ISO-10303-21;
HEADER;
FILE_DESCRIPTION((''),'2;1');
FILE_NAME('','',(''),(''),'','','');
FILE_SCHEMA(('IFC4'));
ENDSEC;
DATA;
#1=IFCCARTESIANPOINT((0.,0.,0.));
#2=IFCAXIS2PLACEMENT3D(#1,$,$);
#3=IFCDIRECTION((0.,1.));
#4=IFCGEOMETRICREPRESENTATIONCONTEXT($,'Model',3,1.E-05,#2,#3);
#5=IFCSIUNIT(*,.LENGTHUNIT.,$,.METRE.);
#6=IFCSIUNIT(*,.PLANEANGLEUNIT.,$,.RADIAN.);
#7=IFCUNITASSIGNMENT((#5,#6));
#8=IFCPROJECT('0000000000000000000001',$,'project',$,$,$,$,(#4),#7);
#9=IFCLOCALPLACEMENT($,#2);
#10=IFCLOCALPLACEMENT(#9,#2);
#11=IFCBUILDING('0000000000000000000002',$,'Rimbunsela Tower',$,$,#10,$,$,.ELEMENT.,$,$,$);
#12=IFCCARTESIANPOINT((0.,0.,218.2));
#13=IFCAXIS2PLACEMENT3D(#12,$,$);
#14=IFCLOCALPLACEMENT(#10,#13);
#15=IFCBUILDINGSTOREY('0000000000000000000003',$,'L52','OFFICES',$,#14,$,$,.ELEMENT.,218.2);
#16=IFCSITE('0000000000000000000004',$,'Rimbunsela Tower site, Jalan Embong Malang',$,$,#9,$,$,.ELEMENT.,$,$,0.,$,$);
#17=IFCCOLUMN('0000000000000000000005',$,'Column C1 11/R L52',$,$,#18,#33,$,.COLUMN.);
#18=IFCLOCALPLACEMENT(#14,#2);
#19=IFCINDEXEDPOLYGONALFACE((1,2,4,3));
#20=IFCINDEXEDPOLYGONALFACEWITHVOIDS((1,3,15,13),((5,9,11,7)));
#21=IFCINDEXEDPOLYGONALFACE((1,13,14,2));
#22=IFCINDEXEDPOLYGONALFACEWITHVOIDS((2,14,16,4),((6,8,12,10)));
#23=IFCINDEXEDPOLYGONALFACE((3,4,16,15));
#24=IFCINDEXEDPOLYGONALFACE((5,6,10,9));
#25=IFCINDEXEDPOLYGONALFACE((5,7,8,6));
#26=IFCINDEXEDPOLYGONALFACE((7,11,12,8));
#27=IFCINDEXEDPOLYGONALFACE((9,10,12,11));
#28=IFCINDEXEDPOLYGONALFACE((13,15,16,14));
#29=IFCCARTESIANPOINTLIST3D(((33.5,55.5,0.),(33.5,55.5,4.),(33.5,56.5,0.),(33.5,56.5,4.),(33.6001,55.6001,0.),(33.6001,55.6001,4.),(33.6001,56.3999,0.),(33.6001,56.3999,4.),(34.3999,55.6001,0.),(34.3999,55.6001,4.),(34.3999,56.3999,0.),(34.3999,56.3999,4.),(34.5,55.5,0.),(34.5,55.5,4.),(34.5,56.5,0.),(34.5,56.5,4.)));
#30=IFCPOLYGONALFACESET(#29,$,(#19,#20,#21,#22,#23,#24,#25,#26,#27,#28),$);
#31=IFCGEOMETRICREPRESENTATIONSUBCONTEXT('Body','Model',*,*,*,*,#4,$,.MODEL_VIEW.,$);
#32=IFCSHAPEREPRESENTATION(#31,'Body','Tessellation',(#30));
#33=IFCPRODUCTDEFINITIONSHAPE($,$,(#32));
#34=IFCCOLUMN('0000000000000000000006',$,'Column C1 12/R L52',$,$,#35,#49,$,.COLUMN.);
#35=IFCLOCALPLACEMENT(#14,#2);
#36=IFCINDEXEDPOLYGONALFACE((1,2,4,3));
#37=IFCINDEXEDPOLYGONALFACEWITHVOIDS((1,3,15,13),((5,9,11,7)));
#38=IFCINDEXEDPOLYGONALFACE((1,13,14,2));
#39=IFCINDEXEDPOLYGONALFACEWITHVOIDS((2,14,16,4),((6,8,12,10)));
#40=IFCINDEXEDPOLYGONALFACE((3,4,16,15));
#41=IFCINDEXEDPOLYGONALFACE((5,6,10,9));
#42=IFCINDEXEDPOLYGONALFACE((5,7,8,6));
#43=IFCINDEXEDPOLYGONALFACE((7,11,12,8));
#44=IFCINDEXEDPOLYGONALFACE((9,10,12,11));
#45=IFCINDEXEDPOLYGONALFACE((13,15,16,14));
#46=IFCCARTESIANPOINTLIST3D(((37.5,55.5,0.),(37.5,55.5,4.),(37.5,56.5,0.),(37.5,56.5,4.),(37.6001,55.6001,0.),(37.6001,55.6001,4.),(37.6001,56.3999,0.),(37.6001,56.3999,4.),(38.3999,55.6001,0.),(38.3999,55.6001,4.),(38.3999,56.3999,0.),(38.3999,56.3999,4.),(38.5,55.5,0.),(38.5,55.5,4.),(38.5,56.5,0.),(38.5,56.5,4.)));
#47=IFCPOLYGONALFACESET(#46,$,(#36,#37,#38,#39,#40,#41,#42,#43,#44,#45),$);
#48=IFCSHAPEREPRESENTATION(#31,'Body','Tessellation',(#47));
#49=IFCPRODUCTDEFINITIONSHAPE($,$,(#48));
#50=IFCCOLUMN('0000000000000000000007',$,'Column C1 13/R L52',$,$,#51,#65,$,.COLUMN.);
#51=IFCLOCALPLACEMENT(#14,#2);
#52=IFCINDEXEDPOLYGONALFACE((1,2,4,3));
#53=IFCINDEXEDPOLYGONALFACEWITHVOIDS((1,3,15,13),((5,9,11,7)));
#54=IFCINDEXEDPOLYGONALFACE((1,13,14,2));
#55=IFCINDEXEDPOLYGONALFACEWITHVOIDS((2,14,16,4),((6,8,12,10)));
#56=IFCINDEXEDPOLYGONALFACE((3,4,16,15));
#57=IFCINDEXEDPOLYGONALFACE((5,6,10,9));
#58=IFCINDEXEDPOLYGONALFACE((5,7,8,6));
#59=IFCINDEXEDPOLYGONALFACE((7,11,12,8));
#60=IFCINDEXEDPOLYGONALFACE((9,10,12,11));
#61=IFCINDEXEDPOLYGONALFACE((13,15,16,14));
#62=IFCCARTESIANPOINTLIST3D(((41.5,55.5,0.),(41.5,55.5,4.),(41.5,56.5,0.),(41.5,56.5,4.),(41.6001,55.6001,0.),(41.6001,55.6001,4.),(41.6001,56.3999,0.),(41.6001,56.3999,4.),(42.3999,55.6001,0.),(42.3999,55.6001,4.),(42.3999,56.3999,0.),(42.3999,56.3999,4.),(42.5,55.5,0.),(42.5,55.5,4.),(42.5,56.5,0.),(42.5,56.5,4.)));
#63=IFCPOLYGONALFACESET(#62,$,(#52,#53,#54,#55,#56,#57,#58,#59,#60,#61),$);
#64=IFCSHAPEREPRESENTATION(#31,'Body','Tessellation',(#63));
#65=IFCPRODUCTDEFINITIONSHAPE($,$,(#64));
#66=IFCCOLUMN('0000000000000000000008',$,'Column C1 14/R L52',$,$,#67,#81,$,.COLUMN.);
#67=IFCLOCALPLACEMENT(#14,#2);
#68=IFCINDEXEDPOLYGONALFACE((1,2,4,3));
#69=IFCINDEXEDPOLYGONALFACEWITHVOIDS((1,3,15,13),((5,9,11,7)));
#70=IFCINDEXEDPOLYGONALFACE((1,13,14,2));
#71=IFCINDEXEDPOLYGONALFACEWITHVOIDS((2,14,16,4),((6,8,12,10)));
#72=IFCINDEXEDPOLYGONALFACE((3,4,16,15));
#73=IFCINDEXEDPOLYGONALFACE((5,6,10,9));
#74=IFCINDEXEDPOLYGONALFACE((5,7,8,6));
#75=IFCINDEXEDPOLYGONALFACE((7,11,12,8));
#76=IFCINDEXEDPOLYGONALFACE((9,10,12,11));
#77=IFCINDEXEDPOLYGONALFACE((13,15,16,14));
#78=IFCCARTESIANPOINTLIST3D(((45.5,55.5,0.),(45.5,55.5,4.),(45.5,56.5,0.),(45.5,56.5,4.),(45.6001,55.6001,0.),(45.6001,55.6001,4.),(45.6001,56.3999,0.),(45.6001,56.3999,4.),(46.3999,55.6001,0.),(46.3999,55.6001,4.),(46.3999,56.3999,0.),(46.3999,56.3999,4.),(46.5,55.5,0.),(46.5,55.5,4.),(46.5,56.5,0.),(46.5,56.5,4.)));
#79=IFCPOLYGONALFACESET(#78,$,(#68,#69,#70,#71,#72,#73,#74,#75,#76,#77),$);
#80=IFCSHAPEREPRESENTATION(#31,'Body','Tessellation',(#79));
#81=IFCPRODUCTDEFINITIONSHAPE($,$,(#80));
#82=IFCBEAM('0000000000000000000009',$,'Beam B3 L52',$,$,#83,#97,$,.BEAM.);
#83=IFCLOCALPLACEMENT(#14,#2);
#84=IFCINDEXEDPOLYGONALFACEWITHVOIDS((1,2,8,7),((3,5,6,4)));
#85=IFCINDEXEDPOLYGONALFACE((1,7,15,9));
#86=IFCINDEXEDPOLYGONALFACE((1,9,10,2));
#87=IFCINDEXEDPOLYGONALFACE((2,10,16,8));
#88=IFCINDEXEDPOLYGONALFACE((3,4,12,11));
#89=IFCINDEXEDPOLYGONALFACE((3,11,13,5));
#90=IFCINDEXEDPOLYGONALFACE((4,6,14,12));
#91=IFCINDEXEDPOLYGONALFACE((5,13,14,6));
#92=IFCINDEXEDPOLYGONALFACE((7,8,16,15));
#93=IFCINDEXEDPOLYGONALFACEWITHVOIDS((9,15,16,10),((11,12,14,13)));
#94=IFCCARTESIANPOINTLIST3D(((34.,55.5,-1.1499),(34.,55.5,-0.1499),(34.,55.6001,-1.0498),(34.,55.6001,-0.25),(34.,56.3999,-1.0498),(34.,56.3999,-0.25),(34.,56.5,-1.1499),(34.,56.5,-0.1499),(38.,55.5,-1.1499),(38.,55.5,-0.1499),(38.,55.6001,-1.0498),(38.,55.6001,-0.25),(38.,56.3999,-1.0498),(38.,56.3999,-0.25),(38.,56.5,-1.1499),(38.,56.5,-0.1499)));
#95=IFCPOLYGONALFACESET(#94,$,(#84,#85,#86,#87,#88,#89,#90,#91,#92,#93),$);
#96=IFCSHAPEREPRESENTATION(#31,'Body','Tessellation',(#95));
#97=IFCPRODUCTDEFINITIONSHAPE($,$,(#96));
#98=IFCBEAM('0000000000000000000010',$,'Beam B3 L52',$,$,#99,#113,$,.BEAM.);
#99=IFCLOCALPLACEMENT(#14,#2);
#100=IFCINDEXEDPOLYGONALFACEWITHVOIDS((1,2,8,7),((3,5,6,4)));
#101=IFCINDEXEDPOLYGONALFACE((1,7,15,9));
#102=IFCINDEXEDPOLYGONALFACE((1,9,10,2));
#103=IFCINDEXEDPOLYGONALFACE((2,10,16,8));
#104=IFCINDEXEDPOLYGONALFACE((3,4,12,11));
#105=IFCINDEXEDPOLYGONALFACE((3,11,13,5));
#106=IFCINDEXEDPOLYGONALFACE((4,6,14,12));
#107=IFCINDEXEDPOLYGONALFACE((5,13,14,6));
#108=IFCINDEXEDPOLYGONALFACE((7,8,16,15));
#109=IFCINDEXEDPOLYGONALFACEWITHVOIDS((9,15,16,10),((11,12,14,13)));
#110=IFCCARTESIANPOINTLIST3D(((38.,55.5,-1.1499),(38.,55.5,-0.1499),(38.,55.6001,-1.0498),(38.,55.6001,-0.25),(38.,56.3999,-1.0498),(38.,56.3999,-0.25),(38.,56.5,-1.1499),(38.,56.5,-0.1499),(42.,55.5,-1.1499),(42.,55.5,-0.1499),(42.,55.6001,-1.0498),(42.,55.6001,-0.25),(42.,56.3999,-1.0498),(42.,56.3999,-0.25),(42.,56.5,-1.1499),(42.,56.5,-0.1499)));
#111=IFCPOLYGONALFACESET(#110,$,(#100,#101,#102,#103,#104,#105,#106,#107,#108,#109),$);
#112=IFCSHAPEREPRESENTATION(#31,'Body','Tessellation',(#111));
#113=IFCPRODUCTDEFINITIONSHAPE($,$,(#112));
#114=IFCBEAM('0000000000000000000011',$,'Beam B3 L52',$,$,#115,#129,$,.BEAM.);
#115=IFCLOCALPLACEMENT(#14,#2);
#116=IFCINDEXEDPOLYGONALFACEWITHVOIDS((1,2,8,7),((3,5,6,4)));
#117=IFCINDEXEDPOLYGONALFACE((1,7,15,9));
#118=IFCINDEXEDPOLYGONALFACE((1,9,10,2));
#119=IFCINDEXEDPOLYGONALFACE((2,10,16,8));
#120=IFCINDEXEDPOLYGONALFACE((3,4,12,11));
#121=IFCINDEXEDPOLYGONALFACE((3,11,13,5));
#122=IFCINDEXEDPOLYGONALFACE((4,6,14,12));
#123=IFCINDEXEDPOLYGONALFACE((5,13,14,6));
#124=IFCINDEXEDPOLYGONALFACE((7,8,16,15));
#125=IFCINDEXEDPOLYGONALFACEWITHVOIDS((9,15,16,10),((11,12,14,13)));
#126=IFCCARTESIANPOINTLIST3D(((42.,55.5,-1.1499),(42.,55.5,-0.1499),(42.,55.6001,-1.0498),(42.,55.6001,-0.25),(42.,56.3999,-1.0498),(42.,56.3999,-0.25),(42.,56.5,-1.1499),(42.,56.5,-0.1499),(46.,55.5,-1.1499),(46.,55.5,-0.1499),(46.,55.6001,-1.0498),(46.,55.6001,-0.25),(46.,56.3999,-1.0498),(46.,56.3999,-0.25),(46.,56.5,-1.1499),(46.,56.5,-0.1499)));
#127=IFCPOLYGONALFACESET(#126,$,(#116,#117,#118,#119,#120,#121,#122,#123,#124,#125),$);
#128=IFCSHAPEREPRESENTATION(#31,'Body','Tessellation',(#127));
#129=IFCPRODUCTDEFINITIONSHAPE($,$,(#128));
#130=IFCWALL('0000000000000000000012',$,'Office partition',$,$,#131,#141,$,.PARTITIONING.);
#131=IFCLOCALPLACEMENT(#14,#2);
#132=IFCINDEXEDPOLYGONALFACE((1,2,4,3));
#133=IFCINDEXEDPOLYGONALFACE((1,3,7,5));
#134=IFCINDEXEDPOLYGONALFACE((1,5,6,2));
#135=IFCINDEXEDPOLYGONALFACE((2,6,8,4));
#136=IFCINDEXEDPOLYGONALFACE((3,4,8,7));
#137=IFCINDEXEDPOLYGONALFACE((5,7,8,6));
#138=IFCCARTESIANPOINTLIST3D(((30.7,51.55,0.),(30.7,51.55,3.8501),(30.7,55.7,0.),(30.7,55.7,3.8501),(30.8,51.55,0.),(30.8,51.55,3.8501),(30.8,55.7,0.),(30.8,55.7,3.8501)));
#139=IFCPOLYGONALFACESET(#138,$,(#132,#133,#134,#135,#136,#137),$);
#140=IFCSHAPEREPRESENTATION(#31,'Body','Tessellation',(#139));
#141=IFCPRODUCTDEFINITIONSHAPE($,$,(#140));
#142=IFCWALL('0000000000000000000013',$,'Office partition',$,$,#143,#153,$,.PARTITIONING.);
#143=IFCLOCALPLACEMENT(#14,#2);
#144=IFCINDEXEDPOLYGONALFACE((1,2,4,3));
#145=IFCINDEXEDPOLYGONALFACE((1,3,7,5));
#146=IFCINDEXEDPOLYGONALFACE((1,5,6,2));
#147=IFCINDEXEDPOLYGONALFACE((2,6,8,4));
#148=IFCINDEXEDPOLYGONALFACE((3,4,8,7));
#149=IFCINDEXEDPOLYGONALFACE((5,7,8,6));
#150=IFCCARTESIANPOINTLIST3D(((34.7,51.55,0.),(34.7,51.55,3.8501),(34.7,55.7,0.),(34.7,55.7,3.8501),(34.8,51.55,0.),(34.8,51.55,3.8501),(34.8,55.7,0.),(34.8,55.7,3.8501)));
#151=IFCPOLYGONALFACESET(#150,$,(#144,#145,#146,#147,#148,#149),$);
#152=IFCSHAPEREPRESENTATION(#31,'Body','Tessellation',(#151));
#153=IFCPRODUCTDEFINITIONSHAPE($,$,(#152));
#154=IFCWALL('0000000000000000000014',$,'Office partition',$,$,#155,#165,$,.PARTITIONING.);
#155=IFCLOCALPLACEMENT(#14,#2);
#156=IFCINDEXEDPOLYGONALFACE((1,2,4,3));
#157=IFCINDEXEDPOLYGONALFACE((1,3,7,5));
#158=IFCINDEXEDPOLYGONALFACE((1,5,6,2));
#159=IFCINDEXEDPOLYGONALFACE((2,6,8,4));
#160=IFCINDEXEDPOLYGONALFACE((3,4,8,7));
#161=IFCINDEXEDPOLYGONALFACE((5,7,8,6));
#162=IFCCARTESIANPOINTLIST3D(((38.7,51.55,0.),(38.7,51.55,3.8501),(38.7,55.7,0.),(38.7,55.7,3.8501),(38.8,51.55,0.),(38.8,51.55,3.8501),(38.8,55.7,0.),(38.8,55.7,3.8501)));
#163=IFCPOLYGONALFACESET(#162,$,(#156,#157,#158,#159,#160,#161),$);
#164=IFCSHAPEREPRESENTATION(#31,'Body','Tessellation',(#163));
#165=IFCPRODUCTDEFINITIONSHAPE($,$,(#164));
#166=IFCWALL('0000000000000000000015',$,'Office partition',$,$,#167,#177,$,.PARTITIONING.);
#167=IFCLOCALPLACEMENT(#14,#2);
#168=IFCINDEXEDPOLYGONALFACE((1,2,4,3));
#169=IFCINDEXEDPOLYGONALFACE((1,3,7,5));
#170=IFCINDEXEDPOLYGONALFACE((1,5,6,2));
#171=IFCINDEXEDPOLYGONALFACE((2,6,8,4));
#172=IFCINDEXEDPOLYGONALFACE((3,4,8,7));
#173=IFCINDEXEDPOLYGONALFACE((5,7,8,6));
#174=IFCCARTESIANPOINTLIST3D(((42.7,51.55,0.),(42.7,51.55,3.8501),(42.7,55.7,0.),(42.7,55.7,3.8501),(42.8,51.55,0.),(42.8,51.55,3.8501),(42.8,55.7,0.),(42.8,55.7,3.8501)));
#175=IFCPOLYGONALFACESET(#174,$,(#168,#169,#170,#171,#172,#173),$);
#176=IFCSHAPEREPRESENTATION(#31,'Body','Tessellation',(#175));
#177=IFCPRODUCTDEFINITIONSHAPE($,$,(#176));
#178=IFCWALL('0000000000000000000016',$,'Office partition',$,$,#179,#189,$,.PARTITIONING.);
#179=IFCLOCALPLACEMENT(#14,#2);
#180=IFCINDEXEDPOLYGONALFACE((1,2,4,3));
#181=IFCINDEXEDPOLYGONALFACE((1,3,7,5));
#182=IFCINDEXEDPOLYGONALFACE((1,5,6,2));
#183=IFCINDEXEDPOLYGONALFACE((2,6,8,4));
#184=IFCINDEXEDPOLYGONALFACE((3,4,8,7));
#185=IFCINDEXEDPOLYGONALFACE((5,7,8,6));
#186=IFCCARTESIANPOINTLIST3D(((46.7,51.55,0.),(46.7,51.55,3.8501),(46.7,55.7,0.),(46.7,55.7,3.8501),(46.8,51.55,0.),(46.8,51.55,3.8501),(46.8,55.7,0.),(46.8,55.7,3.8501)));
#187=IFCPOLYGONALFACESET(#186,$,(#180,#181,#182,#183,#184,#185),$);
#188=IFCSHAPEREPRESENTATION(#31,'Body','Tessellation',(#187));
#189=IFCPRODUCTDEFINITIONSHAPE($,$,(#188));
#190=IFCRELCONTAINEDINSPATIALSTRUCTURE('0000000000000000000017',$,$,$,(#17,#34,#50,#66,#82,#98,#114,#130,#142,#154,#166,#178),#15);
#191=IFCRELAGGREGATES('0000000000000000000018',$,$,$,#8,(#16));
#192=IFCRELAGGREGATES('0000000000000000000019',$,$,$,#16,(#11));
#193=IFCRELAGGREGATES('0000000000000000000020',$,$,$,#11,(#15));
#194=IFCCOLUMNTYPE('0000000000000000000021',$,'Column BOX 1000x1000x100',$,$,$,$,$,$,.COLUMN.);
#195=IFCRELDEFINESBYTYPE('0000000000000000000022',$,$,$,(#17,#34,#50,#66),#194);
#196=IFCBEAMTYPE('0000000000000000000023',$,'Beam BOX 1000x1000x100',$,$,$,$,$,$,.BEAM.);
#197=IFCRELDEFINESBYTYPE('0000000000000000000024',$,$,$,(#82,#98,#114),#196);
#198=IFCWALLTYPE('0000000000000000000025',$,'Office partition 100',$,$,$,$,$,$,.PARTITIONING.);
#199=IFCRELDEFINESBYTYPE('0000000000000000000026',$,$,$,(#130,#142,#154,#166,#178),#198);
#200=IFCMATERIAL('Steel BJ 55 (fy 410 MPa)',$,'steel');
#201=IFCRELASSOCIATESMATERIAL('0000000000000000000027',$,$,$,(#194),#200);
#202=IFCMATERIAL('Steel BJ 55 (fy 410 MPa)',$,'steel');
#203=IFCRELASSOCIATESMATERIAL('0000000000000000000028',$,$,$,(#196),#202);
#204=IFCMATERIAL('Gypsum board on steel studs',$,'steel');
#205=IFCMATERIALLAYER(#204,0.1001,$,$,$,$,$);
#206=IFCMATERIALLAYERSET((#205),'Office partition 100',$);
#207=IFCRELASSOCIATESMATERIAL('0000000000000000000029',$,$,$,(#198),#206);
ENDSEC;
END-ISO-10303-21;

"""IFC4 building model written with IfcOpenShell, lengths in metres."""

from ifc_helpers import new_model, si_unit, direction, frame, frame_2d, origin, origin_2d, place, context, subcontext, project, spatial, rectangle, hollow_rectangle, extrude, material, layer, layer_set, material_profile, profile_set, type_object, element, save


model = new_model("IFC4")

# Units and contexts
model_context = context("Model", 3, precision=1e-05, world=origin(), true_north=direction((0.0, 1.0)))
body_context = subcontext(model_context, "Body", "Model", "MODEL_VIEW")
ifc_project = project(units=[si_unit("LENGTHUNIT", "METRE"), si_unit("PLANEANGLEUNIT", "RADIAN")], contexts=[model_context])

# Site, building, storey
site_placement = place(None, origin())
site = spatial("IfcSite", under=ifc_project, at=site_placement, Name="Rimbunsela Tower site, Jalan Embong Malang", CompositionType="ELEMENT", RefElevation=0.0)
building_placement = place(site_placement, origin())
building = spatial("IfcBuilding", under=site, at=building_placement, Name="Rimbunsela Tower", CompositionType="ELEMENT")
storey_placement = place(building_placement, frame((0.0, 0.0, 218.2)))
storey = spatial("IfcBuildingStorey", under=building, at=storey_placement, Name="L52", Description="OFFICES", CompositionType="ELEMENT", Elevation=218.2)

# Columns
ifc_material_1 = material(Name="Steel BJ 55 (fy 410 MPa)", Category="steel")
ifc_material_profile_1 = material_profile(ifc_material_1, hollow_rectangle(XDim=1.0, YDim=1.0, WallThickness=0.1001, at=origin_2d()), Name="BOX 1000x1000x100")
ifc_profile_set_1 = profile_set([ifc_material_profile_1], Name="Steel BJ 55 (fy 410 MPa)")
column_type = type_object("IfcColumnType", Name="Column BOX 1000x1000x100", PredefinedType="COLUMN", material=ifc_profile_set_1)
for number, where, z_axis, x_axis, name in (
    (1, (34.0, 56.0, 0.0), (0.0, 0.0, 1.0), (1.0, 0.0, 0.0), "Column C1 11/R L52"),
    (2, (38.0, 56.0, 0.0), (0.0, 0.0, 1.0), (1.0, 0.0, 0.0), "Column C1 12/R L52"),
    (3, (42.0, 56.0, 0.0), (0.0, 0.0, 1.0), (1.0, 0.0, 0.0), "Column C1 13/R L52"),
    (4, (46.0, 56.0, 0.0), (0.0, 0.0, 1.0), (1.0, 0.0, 0.0), "Column C1 14/R L52"),
):
    element("IfcColumn", number, at=place(storey_placement, frame(where, z_axis=z_axis, x_axis=x_axis)), inside=storey, type_object=column_type, Name=name, PredefinedType="COLUMN", context=body_context, shape_type="SweptSolid", body=[
        extrude(hollow_rectangle(XDim=1.0, YDim=1.0, WallThickness=0.1001, at=origin_2d()), origin(), (0.0, 0.0, 1.0), 4.0),
    ])

# Beams
ifc_material_2 = material(Name="Steel BJ 55 (fy 410 MPa)", Category="steel")
ifc_material_profile_2 = material_profile(ifc_material_2, hollow_rectangle(XDim=1.0, YDim=1.0, WallThickness=0.1001, at=origin_2d()), Name="BOX 1000x1000x100")
ifc_profile_set_2 = profile_set([ifc_material_profile_2], Name="Steel BJ 55 (fy 410 MPa)")
beam_type = type_object("IfcBeamType", Name="Beam BOX 1000x1000x100", PredefinedType="BEAM", material=ifc_profile_set_2)
for number, where, z_axis, x_axis, name in (
    (5, (34.0, 56.0, -0.6499), (1.0, 0.0, 0.0), (0.0, 1.0, 0.0), "Beam B3 L52"),
    (6, (38.0, 56.0, -0.6499), (1.0, 0.0, 0.0), (0.0, 1.0, 0.0), "Beam B3 L52"),
    (7, (42.0, 56.0, -0.6499), (1.0, 0.0, 0.0), (0.0, 1.0, 0.0), "Beam B3 L52"),
):
    element("IfcBeam", number, at=place(storey_placement, frame(where, z_axis=z_axis, x_axis=x_axis)), inside=storey, type_object=beam_type, Name=name, PredefinedType="BEAM", context=body_context, shape_type="SweptSolid", body=[
        extrude(hollow_rectangle(XDim=1.0, YDim=1.0, WallThickness=0.1001, at=origin_2d()), origin(), (0.0, 0.0, 1.0), 4.0),
    ])

# Walls
ifc_material_3 = material(Name="Gypsum board on steel studs", Category="steel")
ifc_layer_1 = layer(ifc_material_3, 0.1001)
ifc_layer_set_1 = layer_set([ifc_layer_1], Name="Office partition 100")
wall_type_1 = type_object("IfcWallType", Name="Office partition 100", PredefinedType="PARTITIONING", material=ifc_layer_set_1)
for number, where, z_axis, x_axis, name in (
    (8, (30.75, 51.55, 0.0), (0.0, 0.0, 1.0), (0.0, 1.0, 0.0), "Office partition"),
    (9, (34.75, 51.55, 0.0), (0.0, 0.0, 1.0), (0.0, 1.0, 0.0), "Office partition"),
    (10, (38.75, 51.55, 0.0), (0.0, 0.0, 1.0), (0.0, 1.0, 0.0), "Office partition"),
    (11, (42.75, 51.55, 0.0), (0.0, 0.0, 1.0), (0.0, 1.0, 0.0), "Office partition"),
    (12, (46.75, 51.55, 0.0), (0.0, 0.0, 1.0), (0.0, 1.0, 0.0), "Office partition"),
):
    element("IfcWall", number, at=place(storey_placement, frame(where, z_axis=z_axis, x_axis=x_axis)), inside=storey, type_object=wall_type_1, Name=name, PredefinedType="PARTITIONING", context=body_context, shape_type="SweptSolid", body=[
        extrude(rectangle(XDim=4.1499, YDim=0.1001, at=frame_2d((2.075, 0.0))), origin(), (0.0, 0.0, 1.0), 3.8501),
    ])

save(model, "model.ifc")
